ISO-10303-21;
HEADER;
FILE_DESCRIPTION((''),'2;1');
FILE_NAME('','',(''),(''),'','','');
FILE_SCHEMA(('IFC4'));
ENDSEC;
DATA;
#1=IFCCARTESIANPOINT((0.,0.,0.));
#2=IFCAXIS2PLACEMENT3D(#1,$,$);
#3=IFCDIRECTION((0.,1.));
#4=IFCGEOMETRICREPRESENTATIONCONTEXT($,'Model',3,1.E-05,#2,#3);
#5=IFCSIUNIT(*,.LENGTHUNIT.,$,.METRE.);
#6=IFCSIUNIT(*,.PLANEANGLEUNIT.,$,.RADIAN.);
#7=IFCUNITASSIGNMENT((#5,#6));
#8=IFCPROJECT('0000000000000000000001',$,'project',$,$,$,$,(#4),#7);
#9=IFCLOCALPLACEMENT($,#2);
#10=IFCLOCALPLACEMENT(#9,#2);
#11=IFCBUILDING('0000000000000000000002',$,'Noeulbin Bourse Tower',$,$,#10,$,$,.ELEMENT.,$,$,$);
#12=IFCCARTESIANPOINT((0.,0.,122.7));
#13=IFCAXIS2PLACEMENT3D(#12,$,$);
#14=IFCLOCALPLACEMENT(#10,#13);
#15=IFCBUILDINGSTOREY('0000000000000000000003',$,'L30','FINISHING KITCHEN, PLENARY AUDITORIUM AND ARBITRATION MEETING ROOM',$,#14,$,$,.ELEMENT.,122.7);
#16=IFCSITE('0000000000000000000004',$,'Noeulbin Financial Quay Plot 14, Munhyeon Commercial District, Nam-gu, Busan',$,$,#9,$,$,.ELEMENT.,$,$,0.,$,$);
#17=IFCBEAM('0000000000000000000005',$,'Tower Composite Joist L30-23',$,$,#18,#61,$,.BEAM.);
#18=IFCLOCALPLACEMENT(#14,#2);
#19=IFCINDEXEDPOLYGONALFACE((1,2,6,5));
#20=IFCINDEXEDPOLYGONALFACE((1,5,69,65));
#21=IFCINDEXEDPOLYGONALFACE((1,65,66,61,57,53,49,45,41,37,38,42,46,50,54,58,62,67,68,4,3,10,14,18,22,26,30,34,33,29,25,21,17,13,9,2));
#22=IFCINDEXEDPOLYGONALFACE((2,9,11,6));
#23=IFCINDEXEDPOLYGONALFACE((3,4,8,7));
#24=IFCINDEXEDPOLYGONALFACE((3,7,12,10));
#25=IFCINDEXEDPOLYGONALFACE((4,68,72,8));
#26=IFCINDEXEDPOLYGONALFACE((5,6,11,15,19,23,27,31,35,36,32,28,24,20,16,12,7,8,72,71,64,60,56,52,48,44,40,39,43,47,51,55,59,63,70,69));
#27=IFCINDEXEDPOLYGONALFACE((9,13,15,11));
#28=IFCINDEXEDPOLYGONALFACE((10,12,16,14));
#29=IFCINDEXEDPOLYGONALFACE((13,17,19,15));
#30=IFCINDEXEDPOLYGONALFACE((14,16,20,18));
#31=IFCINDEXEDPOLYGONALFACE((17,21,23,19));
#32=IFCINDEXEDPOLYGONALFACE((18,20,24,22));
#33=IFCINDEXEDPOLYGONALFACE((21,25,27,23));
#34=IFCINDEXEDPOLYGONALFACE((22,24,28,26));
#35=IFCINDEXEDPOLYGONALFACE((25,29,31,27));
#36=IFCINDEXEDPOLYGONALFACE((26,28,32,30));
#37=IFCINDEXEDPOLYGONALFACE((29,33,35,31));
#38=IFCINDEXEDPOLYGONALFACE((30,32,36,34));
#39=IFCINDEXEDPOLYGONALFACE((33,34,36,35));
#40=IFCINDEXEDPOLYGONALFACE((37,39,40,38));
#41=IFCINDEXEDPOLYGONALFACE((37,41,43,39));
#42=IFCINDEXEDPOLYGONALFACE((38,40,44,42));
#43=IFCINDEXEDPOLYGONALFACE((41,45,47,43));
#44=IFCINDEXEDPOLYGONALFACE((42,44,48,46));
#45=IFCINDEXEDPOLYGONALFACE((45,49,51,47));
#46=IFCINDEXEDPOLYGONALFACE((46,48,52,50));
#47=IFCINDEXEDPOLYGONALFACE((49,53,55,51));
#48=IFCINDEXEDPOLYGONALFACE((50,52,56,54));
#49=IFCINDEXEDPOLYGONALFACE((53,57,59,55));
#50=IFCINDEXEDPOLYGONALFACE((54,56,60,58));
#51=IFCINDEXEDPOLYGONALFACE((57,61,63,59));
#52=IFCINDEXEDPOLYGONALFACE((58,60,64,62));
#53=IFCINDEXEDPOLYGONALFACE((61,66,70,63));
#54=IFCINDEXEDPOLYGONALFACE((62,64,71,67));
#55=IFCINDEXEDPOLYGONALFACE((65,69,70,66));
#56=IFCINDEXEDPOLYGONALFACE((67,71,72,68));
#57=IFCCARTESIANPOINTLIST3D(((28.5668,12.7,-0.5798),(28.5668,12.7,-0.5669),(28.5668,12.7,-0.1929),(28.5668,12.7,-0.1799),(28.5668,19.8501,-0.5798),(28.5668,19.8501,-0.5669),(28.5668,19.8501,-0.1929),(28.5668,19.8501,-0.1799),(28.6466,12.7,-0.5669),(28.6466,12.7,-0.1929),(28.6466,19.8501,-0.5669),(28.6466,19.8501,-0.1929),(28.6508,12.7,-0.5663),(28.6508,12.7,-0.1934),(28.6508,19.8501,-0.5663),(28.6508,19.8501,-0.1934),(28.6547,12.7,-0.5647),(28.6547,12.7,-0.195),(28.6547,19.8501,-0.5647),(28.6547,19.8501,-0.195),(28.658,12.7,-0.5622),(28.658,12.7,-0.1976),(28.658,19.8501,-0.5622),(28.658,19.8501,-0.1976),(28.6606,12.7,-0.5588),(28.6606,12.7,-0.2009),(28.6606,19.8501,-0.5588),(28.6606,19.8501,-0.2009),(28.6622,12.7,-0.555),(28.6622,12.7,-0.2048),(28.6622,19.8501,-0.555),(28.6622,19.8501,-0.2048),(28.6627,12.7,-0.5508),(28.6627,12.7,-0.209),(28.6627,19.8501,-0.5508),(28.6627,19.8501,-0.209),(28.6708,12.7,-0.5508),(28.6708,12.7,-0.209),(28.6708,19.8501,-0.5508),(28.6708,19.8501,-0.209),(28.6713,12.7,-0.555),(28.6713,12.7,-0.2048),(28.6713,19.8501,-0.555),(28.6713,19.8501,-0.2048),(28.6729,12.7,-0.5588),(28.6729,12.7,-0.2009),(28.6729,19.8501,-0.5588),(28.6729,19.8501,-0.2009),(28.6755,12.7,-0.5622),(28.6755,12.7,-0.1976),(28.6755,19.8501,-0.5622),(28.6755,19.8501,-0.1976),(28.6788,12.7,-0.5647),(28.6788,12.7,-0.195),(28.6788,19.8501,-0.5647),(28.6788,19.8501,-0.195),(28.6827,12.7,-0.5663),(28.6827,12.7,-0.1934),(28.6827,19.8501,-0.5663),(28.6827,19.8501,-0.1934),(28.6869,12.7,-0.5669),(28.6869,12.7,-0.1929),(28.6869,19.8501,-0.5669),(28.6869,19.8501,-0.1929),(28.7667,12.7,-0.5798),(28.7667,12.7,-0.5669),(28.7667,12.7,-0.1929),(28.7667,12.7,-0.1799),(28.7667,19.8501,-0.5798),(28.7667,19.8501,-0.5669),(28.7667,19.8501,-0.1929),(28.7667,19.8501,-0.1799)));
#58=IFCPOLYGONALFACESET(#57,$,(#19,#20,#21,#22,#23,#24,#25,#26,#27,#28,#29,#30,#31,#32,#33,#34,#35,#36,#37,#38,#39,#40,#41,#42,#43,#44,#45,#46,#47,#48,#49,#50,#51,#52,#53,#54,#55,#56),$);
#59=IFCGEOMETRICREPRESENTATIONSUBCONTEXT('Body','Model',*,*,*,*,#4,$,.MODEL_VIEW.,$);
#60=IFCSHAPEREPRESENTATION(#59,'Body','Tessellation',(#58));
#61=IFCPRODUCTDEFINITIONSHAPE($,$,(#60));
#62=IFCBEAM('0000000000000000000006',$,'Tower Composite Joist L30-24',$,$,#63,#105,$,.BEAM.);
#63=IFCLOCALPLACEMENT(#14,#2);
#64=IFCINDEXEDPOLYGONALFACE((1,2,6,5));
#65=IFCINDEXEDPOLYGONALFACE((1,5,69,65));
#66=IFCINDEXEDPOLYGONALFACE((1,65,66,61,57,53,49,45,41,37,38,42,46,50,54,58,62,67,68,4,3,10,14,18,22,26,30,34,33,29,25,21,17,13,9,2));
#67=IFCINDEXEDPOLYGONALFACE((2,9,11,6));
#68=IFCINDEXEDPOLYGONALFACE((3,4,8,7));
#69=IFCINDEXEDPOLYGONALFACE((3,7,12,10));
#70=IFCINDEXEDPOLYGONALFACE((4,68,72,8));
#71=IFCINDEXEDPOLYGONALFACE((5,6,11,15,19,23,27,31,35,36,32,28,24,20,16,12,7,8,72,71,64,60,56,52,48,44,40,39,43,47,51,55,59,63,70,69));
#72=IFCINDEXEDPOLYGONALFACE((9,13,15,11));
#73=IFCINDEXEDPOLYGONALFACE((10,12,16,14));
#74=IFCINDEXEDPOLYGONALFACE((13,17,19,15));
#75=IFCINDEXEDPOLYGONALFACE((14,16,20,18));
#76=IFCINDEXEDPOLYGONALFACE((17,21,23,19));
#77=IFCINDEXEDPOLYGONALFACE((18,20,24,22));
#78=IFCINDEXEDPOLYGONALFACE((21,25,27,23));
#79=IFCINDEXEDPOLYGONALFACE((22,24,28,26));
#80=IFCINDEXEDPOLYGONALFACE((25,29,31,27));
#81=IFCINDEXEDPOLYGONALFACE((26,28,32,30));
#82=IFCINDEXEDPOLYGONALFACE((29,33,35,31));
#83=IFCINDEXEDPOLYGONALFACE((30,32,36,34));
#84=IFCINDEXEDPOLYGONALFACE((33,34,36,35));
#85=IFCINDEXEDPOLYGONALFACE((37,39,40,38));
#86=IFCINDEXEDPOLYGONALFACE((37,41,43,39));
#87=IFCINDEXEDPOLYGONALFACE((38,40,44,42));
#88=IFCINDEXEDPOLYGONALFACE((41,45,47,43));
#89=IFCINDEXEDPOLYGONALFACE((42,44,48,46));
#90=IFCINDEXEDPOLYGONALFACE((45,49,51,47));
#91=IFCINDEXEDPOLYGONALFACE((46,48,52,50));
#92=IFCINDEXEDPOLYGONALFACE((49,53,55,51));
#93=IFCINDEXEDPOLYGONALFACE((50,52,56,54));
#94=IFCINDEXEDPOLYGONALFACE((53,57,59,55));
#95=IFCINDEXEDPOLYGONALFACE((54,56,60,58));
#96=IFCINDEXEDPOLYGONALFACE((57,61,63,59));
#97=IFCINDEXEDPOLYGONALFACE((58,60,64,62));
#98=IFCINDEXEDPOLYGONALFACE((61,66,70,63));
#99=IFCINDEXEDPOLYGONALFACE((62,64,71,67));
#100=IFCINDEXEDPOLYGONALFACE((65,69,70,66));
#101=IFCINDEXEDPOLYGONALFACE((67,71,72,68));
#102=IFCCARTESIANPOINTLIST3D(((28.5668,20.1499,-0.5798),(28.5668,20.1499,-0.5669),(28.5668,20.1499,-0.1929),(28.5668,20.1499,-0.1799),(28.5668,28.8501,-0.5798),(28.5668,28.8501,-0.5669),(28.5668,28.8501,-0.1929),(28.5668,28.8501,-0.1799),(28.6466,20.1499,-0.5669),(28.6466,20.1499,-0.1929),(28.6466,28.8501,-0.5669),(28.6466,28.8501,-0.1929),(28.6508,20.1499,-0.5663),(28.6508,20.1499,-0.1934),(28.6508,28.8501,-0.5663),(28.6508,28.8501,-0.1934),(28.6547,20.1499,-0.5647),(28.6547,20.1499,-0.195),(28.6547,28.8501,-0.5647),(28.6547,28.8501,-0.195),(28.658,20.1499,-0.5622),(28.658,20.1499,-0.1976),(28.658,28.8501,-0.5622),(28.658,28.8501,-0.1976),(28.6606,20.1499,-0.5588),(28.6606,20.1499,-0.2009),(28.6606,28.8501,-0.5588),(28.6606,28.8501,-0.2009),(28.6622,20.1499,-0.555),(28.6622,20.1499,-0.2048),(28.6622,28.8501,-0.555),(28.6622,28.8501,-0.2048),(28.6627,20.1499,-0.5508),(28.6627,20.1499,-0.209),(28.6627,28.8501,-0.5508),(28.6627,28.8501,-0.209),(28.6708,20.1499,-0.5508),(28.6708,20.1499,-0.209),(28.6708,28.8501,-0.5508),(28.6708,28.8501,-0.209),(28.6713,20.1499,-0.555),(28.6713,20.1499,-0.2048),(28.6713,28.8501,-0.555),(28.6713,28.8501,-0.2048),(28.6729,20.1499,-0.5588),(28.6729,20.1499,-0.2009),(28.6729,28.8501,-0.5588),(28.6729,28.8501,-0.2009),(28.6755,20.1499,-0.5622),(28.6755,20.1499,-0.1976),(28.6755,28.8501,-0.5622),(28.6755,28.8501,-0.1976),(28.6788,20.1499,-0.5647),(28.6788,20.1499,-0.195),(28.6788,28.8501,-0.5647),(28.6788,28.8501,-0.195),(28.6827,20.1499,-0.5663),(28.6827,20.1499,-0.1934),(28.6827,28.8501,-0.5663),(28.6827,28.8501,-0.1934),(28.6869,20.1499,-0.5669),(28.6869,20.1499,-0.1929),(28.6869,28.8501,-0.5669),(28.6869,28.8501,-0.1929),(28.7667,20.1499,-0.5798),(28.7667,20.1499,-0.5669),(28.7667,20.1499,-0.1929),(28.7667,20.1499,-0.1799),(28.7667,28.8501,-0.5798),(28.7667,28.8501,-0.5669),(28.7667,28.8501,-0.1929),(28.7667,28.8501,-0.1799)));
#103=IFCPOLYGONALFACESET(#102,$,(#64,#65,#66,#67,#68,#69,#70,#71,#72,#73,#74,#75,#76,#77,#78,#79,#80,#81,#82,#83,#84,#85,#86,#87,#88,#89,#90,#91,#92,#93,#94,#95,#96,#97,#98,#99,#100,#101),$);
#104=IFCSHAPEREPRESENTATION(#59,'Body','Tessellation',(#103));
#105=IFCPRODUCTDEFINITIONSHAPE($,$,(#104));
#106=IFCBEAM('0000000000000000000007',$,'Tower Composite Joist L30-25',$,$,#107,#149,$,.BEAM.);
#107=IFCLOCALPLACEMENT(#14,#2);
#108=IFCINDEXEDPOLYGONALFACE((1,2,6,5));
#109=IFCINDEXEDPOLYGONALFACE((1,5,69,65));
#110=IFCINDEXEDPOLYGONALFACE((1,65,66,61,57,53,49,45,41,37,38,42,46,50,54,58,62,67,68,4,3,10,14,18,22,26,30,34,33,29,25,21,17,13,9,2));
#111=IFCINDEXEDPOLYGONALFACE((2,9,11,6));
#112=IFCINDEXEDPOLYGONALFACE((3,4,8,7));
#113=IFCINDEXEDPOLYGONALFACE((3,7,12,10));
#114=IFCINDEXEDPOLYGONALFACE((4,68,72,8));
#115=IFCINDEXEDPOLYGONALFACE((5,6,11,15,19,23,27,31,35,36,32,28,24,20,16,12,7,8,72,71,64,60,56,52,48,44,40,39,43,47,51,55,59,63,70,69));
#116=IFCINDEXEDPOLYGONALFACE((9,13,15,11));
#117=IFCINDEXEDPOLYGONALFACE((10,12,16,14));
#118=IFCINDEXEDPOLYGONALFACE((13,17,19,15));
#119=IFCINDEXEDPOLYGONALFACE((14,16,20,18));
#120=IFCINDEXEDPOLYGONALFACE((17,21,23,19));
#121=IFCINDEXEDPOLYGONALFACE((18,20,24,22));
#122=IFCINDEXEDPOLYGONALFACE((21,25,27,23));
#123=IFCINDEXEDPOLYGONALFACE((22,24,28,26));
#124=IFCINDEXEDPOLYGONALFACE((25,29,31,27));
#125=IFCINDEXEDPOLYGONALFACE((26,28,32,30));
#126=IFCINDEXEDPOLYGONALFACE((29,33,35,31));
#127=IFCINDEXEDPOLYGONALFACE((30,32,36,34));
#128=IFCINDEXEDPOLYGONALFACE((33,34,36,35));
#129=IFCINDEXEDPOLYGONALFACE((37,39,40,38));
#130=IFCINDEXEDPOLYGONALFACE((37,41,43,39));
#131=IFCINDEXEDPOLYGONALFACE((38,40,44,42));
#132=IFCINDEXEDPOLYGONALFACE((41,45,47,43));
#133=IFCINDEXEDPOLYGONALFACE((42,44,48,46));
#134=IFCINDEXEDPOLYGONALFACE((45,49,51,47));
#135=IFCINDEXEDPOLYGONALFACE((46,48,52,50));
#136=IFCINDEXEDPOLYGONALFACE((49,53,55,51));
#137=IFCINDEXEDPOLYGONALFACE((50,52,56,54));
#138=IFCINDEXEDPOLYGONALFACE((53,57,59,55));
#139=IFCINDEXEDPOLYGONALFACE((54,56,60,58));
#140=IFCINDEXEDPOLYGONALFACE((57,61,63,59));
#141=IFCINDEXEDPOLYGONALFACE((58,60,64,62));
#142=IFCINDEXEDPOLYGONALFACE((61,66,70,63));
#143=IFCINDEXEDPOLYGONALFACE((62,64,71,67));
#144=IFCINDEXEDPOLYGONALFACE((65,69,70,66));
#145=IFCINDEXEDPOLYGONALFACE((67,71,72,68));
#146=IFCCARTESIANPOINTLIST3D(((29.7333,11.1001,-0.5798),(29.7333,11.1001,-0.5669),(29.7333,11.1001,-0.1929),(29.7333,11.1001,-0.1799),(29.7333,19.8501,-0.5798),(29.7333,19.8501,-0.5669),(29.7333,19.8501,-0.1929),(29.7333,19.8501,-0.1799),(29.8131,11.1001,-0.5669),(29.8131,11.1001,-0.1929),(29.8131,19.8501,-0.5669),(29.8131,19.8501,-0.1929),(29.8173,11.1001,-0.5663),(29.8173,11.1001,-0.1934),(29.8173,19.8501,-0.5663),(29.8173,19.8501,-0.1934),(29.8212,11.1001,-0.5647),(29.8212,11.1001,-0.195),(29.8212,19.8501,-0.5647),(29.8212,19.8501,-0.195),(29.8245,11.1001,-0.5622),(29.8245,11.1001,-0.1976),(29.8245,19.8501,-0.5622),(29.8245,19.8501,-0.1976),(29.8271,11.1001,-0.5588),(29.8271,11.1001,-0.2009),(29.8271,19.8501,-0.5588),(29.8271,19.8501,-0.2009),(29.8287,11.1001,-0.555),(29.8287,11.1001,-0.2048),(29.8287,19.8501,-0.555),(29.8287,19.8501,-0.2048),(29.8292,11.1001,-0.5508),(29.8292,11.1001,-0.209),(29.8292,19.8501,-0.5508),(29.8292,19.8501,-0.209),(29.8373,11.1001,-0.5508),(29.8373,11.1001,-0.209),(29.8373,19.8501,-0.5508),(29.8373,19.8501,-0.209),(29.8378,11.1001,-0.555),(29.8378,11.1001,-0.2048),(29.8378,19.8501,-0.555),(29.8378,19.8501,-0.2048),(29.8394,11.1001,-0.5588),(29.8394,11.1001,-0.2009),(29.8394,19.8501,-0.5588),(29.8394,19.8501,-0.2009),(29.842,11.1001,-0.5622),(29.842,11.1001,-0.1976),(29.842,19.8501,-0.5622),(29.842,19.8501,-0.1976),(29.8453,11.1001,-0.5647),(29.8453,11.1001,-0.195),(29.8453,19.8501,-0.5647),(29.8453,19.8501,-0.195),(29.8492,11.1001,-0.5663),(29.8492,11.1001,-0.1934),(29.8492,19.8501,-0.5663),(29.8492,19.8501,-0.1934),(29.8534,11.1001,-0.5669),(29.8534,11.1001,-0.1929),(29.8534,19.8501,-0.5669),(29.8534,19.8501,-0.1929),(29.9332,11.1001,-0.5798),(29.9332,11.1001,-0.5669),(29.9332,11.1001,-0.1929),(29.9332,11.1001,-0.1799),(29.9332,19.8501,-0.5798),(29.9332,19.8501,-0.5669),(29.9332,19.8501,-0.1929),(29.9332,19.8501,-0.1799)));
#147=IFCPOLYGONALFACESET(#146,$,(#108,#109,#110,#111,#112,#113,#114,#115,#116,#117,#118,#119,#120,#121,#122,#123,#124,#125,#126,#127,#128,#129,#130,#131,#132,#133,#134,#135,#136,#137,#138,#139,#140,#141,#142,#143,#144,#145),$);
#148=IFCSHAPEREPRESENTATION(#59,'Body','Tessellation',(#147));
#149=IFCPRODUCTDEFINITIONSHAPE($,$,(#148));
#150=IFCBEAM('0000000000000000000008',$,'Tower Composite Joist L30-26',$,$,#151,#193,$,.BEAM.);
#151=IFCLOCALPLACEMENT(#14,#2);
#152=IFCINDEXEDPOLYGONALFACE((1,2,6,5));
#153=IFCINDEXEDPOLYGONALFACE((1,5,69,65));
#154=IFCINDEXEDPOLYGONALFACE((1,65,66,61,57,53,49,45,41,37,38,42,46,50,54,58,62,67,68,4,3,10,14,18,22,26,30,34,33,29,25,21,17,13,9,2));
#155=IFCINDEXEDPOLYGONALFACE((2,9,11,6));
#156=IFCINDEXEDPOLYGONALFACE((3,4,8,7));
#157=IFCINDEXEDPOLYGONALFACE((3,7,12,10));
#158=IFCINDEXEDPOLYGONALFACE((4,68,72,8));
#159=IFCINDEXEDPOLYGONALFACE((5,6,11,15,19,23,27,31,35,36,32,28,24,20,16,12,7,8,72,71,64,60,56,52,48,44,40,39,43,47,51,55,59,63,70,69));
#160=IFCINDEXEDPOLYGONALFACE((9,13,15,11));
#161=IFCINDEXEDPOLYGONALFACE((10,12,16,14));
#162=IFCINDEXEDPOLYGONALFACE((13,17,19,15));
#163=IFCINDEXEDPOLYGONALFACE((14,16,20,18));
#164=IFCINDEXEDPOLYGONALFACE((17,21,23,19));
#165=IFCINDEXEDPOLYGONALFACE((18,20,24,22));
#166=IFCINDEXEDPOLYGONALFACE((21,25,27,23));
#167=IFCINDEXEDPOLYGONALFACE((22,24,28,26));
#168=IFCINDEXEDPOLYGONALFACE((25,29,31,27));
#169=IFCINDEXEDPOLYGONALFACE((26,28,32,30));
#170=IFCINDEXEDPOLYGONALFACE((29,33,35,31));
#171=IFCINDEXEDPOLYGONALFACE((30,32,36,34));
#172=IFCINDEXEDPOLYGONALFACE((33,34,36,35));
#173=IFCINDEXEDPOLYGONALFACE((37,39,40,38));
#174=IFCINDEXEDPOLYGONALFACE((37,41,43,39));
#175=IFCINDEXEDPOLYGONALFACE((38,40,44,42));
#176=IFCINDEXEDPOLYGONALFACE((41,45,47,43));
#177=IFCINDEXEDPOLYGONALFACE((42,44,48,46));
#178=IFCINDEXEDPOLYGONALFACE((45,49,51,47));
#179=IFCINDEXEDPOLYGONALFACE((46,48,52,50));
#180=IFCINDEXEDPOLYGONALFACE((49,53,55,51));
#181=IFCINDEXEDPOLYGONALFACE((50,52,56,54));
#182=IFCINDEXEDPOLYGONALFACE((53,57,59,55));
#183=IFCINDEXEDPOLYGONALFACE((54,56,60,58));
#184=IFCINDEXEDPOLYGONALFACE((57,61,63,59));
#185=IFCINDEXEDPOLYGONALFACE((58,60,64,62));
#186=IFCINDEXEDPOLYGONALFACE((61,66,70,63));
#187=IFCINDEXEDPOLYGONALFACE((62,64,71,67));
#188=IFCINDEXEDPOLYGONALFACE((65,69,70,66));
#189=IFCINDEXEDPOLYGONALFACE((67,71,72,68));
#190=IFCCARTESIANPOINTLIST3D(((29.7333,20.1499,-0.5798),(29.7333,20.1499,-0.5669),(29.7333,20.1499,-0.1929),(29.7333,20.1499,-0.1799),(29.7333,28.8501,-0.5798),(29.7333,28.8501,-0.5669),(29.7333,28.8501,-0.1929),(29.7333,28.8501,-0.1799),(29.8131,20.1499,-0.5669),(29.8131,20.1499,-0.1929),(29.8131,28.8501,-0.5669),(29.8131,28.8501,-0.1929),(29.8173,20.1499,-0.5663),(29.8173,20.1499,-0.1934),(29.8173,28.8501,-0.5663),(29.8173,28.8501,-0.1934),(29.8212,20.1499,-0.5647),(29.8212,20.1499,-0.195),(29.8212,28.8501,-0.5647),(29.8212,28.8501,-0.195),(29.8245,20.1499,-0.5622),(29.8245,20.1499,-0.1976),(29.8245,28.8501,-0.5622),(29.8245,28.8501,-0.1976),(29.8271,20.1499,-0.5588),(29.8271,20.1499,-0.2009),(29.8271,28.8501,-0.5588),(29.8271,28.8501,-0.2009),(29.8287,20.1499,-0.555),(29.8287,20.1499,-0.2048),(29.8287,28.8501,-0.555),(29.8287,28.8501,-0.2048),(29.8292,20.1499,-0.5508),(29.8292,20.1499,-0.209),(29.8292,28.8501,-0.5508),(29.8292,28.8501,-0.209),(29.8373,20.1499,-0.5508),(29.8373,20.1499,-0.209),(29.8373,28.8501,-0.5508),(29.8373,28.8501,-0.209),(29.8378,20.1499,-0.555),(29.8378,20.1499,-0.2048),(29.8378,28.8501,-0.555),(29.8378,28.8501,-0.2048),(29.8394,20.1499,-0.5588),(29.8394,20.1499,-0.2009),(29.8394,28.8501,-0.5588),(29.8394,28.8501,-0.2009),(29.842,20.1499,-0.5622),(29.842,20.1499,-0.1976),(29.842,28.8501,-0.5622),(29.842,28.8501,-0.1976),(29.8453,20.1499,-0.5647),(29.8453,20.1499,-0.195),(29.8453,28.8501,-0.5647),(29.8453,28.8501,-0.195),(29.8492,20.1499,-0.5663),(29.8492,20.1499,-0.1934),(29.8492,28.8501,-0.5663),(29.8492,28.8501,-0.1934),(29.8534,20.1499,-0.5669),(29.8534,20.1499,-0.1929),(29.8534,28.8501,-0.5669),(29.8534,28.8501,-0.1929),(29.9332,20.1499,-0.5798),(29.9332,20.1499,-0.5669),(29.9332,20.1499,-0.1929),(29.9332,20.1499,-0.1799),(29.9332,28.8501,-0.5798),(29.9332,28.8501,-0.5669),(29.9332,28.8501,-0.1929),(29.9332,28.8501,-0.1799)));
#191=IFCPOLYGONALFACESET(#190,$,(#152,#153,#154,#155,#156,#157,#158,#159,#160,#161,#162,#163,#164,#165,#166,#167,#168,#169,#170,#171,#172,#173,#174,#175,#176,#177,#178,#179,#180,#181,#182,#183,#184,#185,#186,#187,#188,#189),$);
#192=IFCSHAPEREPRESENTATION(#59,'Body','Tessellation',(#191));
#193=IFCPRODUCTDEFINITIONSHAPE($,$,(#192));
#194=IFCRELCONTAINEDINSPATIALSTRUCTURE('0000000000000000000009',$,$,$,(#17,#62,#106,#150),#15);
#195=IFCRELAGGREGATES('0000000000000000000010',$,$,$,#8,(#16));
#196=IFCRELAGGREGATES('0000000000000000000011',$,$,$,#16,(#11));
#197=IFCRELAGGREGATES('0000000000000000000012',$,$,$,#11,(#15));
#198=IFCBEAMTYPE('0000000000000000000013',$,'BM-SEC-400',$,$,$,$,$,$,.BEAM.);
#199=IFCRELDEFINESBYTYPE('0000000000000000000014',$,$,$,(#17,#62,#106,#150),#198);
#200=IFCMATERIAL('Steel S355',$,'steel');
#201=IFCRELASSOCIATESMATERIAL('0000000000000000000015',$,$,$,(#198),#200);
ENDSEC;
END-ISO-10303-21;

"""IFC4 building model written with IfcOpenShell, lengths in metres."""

from ifc_helpers import new_model, si_unit, direction, frame, origin, origin_2d, place, context, subcontext, project, spatial, i_section, extrude, material, material_profile, profile_set, type_object, element, save


model = new_model("IFC4")

# Units and contexts
model_context = context("Model", 3, precision=1e-05, world=origin(), true_north=direction((0.0, 1.0)))
body_context = subcontext(model_context, "Body", "Model", "MODEL_VIEW")
ifc_project = project(units=[si_unit("LENGTHUNIT", "METRE"), si_unit("PLANEANGLEUNIT", "RADIAN")], contexts=[model_context])

# Site, building, storey
site_placement = place(None, origin())
site = spatial("IfcSite", under=ifc_project, at=site_placement, Name="Noeulbin Financial Quay Plot 14, Munhyeon Commercial District, Nam-gu, Busan", CompositionType="ELEMENT", RefElevation=0.0)
building_placement = place(site_placement, origin())
building = spatial("IfcBuilding", under=site, at=building_placement, Name="Noeulbin Bourse Tower", CompositionType="ELEMENT")
storey_placement = place(building_placement, frame((0.0, 0.0, 122.7)))
storey = spatial("IfcBuildingStorey", under=building, at=storey_placement, Name="L30", Description="FINISHING KITCHEN, PLENARY AUDITORIUM AND ARBITRATION MEETING ROOM", CompositionType="ELEMENT", Elevation=122.7)

# Beams
ifc_material_1 = material(Name="Steel S355", Category="steel")
ifc_material_profile_1 = material_profile(ifc_material_1, i_section(OverallWidth=0.2, OverallDepth=0.3999, WebThickness=0.0081, FlangeThickness=0.0129, FilletRadius=0.0161, at=origin_2d()), Name="H-400x200x8x13", Category="LoadBearing")
ifc_profile_set_1 = profile_set([ifc_material_profile_1], Name="Steel S355")
beam_type_1 = type_object("IfcBeamType", Name="BM-SEC-400", PredefinedType="BEAM", material=ifc_profile_set_1)
beam_1_placement = place(storey_placement, frame((28.6667, 12.7, -0.3799), z_axis=(0.0, 1.0, 0.0), x_axis=(-1.0, 0.0, 0.0)))
element("IfcBeam", 1, at=beam_1_placement, inside=storey, type_object=beam_type_1, Name="Tower Composite Joist L30-23", PredefinedType="BEAM", context=body_context, shape_type="SweptSolid", body=[
    extrude(i_section(OverallWidth=0.2, OverallDepth=0.3999, WebThickness=0.0081, FlangeThickness=0.0129, FilletRadius=0.0161, at=origin_2d()), origin(), (0.0, 0.0, 1.0), 7.1501),
])
beam_2_placement = place(storey_placement, frame((28.6667, 20.1499, -0.3799), z_axis=(0.0, 1.0, 0.0), x_axis=(-1.0, 0.0, 0.0)))
element("IfcBeam", 2, at=beam_2_placement, inside=storey, type_object=beam_type_1, Name="Tower Composite Joist L30-24", PredefinedType="BEAM", context=body_context, shape_type="SweptSolid", body=[
    extrude(i_section(OverallWidth=0.2, OverallDepth=0.3999, WebThickness=0.0081, FlangeThickness=0.0129, FilletRadius=0.0161, at=origin_2d()), origin(), (0.0, 0.0, 1.0), 8.7002),
])
beam_3_placement = place(storey_placement, frame((29.8333, 11.1001, -0.3799), z_axis=(0.0, 1.0, 0.0), x_axis=(-1.0, 0.0, 0.0)))
element("IfcBeam", 3, at=beam_3_placement, inside=storey, type_object=beam_type_1, Name="Tower Composite Joist L30-25", PredefinedType="BEAM", context=body_context, shape_type="SweptSolid", body=[
    extrude(i_section(OverallWidth=0.2, OverallDepth=0.3999, WebThickness=0.0081, FlangeThickness=0.0129, FilletRadius=0.0161, at=origin_2d()), origin(), (0.0, 0.0, 1.0), 8.75),
])
beam_4_placement = place(storey_placement, frame((29.8333, 20.1499, -0.3799), z_axis=(0.0, 1.0, 0.0), x_axis=(-1.0, 0.0, 0.0)))
element("IfcBeam", 4, at=beam_4_placement, inside=storey, type_object=beam_type_1, Name="Tower Composite Joist L30-26", PredefinedType="BEAM", context=body_context, shape_type="SweptSolid", body=[
    extrude(i_section(OverallWidth=0.2, OverallDepth=0.3999, WebThickness=0.0081, FlangeThickness=0.0129, FilletRadius=0.0161, at=origin_2d()), origin(), (0.0, 0.0, 1.0), 8.7002),
])

save(model, "model.ifc")
